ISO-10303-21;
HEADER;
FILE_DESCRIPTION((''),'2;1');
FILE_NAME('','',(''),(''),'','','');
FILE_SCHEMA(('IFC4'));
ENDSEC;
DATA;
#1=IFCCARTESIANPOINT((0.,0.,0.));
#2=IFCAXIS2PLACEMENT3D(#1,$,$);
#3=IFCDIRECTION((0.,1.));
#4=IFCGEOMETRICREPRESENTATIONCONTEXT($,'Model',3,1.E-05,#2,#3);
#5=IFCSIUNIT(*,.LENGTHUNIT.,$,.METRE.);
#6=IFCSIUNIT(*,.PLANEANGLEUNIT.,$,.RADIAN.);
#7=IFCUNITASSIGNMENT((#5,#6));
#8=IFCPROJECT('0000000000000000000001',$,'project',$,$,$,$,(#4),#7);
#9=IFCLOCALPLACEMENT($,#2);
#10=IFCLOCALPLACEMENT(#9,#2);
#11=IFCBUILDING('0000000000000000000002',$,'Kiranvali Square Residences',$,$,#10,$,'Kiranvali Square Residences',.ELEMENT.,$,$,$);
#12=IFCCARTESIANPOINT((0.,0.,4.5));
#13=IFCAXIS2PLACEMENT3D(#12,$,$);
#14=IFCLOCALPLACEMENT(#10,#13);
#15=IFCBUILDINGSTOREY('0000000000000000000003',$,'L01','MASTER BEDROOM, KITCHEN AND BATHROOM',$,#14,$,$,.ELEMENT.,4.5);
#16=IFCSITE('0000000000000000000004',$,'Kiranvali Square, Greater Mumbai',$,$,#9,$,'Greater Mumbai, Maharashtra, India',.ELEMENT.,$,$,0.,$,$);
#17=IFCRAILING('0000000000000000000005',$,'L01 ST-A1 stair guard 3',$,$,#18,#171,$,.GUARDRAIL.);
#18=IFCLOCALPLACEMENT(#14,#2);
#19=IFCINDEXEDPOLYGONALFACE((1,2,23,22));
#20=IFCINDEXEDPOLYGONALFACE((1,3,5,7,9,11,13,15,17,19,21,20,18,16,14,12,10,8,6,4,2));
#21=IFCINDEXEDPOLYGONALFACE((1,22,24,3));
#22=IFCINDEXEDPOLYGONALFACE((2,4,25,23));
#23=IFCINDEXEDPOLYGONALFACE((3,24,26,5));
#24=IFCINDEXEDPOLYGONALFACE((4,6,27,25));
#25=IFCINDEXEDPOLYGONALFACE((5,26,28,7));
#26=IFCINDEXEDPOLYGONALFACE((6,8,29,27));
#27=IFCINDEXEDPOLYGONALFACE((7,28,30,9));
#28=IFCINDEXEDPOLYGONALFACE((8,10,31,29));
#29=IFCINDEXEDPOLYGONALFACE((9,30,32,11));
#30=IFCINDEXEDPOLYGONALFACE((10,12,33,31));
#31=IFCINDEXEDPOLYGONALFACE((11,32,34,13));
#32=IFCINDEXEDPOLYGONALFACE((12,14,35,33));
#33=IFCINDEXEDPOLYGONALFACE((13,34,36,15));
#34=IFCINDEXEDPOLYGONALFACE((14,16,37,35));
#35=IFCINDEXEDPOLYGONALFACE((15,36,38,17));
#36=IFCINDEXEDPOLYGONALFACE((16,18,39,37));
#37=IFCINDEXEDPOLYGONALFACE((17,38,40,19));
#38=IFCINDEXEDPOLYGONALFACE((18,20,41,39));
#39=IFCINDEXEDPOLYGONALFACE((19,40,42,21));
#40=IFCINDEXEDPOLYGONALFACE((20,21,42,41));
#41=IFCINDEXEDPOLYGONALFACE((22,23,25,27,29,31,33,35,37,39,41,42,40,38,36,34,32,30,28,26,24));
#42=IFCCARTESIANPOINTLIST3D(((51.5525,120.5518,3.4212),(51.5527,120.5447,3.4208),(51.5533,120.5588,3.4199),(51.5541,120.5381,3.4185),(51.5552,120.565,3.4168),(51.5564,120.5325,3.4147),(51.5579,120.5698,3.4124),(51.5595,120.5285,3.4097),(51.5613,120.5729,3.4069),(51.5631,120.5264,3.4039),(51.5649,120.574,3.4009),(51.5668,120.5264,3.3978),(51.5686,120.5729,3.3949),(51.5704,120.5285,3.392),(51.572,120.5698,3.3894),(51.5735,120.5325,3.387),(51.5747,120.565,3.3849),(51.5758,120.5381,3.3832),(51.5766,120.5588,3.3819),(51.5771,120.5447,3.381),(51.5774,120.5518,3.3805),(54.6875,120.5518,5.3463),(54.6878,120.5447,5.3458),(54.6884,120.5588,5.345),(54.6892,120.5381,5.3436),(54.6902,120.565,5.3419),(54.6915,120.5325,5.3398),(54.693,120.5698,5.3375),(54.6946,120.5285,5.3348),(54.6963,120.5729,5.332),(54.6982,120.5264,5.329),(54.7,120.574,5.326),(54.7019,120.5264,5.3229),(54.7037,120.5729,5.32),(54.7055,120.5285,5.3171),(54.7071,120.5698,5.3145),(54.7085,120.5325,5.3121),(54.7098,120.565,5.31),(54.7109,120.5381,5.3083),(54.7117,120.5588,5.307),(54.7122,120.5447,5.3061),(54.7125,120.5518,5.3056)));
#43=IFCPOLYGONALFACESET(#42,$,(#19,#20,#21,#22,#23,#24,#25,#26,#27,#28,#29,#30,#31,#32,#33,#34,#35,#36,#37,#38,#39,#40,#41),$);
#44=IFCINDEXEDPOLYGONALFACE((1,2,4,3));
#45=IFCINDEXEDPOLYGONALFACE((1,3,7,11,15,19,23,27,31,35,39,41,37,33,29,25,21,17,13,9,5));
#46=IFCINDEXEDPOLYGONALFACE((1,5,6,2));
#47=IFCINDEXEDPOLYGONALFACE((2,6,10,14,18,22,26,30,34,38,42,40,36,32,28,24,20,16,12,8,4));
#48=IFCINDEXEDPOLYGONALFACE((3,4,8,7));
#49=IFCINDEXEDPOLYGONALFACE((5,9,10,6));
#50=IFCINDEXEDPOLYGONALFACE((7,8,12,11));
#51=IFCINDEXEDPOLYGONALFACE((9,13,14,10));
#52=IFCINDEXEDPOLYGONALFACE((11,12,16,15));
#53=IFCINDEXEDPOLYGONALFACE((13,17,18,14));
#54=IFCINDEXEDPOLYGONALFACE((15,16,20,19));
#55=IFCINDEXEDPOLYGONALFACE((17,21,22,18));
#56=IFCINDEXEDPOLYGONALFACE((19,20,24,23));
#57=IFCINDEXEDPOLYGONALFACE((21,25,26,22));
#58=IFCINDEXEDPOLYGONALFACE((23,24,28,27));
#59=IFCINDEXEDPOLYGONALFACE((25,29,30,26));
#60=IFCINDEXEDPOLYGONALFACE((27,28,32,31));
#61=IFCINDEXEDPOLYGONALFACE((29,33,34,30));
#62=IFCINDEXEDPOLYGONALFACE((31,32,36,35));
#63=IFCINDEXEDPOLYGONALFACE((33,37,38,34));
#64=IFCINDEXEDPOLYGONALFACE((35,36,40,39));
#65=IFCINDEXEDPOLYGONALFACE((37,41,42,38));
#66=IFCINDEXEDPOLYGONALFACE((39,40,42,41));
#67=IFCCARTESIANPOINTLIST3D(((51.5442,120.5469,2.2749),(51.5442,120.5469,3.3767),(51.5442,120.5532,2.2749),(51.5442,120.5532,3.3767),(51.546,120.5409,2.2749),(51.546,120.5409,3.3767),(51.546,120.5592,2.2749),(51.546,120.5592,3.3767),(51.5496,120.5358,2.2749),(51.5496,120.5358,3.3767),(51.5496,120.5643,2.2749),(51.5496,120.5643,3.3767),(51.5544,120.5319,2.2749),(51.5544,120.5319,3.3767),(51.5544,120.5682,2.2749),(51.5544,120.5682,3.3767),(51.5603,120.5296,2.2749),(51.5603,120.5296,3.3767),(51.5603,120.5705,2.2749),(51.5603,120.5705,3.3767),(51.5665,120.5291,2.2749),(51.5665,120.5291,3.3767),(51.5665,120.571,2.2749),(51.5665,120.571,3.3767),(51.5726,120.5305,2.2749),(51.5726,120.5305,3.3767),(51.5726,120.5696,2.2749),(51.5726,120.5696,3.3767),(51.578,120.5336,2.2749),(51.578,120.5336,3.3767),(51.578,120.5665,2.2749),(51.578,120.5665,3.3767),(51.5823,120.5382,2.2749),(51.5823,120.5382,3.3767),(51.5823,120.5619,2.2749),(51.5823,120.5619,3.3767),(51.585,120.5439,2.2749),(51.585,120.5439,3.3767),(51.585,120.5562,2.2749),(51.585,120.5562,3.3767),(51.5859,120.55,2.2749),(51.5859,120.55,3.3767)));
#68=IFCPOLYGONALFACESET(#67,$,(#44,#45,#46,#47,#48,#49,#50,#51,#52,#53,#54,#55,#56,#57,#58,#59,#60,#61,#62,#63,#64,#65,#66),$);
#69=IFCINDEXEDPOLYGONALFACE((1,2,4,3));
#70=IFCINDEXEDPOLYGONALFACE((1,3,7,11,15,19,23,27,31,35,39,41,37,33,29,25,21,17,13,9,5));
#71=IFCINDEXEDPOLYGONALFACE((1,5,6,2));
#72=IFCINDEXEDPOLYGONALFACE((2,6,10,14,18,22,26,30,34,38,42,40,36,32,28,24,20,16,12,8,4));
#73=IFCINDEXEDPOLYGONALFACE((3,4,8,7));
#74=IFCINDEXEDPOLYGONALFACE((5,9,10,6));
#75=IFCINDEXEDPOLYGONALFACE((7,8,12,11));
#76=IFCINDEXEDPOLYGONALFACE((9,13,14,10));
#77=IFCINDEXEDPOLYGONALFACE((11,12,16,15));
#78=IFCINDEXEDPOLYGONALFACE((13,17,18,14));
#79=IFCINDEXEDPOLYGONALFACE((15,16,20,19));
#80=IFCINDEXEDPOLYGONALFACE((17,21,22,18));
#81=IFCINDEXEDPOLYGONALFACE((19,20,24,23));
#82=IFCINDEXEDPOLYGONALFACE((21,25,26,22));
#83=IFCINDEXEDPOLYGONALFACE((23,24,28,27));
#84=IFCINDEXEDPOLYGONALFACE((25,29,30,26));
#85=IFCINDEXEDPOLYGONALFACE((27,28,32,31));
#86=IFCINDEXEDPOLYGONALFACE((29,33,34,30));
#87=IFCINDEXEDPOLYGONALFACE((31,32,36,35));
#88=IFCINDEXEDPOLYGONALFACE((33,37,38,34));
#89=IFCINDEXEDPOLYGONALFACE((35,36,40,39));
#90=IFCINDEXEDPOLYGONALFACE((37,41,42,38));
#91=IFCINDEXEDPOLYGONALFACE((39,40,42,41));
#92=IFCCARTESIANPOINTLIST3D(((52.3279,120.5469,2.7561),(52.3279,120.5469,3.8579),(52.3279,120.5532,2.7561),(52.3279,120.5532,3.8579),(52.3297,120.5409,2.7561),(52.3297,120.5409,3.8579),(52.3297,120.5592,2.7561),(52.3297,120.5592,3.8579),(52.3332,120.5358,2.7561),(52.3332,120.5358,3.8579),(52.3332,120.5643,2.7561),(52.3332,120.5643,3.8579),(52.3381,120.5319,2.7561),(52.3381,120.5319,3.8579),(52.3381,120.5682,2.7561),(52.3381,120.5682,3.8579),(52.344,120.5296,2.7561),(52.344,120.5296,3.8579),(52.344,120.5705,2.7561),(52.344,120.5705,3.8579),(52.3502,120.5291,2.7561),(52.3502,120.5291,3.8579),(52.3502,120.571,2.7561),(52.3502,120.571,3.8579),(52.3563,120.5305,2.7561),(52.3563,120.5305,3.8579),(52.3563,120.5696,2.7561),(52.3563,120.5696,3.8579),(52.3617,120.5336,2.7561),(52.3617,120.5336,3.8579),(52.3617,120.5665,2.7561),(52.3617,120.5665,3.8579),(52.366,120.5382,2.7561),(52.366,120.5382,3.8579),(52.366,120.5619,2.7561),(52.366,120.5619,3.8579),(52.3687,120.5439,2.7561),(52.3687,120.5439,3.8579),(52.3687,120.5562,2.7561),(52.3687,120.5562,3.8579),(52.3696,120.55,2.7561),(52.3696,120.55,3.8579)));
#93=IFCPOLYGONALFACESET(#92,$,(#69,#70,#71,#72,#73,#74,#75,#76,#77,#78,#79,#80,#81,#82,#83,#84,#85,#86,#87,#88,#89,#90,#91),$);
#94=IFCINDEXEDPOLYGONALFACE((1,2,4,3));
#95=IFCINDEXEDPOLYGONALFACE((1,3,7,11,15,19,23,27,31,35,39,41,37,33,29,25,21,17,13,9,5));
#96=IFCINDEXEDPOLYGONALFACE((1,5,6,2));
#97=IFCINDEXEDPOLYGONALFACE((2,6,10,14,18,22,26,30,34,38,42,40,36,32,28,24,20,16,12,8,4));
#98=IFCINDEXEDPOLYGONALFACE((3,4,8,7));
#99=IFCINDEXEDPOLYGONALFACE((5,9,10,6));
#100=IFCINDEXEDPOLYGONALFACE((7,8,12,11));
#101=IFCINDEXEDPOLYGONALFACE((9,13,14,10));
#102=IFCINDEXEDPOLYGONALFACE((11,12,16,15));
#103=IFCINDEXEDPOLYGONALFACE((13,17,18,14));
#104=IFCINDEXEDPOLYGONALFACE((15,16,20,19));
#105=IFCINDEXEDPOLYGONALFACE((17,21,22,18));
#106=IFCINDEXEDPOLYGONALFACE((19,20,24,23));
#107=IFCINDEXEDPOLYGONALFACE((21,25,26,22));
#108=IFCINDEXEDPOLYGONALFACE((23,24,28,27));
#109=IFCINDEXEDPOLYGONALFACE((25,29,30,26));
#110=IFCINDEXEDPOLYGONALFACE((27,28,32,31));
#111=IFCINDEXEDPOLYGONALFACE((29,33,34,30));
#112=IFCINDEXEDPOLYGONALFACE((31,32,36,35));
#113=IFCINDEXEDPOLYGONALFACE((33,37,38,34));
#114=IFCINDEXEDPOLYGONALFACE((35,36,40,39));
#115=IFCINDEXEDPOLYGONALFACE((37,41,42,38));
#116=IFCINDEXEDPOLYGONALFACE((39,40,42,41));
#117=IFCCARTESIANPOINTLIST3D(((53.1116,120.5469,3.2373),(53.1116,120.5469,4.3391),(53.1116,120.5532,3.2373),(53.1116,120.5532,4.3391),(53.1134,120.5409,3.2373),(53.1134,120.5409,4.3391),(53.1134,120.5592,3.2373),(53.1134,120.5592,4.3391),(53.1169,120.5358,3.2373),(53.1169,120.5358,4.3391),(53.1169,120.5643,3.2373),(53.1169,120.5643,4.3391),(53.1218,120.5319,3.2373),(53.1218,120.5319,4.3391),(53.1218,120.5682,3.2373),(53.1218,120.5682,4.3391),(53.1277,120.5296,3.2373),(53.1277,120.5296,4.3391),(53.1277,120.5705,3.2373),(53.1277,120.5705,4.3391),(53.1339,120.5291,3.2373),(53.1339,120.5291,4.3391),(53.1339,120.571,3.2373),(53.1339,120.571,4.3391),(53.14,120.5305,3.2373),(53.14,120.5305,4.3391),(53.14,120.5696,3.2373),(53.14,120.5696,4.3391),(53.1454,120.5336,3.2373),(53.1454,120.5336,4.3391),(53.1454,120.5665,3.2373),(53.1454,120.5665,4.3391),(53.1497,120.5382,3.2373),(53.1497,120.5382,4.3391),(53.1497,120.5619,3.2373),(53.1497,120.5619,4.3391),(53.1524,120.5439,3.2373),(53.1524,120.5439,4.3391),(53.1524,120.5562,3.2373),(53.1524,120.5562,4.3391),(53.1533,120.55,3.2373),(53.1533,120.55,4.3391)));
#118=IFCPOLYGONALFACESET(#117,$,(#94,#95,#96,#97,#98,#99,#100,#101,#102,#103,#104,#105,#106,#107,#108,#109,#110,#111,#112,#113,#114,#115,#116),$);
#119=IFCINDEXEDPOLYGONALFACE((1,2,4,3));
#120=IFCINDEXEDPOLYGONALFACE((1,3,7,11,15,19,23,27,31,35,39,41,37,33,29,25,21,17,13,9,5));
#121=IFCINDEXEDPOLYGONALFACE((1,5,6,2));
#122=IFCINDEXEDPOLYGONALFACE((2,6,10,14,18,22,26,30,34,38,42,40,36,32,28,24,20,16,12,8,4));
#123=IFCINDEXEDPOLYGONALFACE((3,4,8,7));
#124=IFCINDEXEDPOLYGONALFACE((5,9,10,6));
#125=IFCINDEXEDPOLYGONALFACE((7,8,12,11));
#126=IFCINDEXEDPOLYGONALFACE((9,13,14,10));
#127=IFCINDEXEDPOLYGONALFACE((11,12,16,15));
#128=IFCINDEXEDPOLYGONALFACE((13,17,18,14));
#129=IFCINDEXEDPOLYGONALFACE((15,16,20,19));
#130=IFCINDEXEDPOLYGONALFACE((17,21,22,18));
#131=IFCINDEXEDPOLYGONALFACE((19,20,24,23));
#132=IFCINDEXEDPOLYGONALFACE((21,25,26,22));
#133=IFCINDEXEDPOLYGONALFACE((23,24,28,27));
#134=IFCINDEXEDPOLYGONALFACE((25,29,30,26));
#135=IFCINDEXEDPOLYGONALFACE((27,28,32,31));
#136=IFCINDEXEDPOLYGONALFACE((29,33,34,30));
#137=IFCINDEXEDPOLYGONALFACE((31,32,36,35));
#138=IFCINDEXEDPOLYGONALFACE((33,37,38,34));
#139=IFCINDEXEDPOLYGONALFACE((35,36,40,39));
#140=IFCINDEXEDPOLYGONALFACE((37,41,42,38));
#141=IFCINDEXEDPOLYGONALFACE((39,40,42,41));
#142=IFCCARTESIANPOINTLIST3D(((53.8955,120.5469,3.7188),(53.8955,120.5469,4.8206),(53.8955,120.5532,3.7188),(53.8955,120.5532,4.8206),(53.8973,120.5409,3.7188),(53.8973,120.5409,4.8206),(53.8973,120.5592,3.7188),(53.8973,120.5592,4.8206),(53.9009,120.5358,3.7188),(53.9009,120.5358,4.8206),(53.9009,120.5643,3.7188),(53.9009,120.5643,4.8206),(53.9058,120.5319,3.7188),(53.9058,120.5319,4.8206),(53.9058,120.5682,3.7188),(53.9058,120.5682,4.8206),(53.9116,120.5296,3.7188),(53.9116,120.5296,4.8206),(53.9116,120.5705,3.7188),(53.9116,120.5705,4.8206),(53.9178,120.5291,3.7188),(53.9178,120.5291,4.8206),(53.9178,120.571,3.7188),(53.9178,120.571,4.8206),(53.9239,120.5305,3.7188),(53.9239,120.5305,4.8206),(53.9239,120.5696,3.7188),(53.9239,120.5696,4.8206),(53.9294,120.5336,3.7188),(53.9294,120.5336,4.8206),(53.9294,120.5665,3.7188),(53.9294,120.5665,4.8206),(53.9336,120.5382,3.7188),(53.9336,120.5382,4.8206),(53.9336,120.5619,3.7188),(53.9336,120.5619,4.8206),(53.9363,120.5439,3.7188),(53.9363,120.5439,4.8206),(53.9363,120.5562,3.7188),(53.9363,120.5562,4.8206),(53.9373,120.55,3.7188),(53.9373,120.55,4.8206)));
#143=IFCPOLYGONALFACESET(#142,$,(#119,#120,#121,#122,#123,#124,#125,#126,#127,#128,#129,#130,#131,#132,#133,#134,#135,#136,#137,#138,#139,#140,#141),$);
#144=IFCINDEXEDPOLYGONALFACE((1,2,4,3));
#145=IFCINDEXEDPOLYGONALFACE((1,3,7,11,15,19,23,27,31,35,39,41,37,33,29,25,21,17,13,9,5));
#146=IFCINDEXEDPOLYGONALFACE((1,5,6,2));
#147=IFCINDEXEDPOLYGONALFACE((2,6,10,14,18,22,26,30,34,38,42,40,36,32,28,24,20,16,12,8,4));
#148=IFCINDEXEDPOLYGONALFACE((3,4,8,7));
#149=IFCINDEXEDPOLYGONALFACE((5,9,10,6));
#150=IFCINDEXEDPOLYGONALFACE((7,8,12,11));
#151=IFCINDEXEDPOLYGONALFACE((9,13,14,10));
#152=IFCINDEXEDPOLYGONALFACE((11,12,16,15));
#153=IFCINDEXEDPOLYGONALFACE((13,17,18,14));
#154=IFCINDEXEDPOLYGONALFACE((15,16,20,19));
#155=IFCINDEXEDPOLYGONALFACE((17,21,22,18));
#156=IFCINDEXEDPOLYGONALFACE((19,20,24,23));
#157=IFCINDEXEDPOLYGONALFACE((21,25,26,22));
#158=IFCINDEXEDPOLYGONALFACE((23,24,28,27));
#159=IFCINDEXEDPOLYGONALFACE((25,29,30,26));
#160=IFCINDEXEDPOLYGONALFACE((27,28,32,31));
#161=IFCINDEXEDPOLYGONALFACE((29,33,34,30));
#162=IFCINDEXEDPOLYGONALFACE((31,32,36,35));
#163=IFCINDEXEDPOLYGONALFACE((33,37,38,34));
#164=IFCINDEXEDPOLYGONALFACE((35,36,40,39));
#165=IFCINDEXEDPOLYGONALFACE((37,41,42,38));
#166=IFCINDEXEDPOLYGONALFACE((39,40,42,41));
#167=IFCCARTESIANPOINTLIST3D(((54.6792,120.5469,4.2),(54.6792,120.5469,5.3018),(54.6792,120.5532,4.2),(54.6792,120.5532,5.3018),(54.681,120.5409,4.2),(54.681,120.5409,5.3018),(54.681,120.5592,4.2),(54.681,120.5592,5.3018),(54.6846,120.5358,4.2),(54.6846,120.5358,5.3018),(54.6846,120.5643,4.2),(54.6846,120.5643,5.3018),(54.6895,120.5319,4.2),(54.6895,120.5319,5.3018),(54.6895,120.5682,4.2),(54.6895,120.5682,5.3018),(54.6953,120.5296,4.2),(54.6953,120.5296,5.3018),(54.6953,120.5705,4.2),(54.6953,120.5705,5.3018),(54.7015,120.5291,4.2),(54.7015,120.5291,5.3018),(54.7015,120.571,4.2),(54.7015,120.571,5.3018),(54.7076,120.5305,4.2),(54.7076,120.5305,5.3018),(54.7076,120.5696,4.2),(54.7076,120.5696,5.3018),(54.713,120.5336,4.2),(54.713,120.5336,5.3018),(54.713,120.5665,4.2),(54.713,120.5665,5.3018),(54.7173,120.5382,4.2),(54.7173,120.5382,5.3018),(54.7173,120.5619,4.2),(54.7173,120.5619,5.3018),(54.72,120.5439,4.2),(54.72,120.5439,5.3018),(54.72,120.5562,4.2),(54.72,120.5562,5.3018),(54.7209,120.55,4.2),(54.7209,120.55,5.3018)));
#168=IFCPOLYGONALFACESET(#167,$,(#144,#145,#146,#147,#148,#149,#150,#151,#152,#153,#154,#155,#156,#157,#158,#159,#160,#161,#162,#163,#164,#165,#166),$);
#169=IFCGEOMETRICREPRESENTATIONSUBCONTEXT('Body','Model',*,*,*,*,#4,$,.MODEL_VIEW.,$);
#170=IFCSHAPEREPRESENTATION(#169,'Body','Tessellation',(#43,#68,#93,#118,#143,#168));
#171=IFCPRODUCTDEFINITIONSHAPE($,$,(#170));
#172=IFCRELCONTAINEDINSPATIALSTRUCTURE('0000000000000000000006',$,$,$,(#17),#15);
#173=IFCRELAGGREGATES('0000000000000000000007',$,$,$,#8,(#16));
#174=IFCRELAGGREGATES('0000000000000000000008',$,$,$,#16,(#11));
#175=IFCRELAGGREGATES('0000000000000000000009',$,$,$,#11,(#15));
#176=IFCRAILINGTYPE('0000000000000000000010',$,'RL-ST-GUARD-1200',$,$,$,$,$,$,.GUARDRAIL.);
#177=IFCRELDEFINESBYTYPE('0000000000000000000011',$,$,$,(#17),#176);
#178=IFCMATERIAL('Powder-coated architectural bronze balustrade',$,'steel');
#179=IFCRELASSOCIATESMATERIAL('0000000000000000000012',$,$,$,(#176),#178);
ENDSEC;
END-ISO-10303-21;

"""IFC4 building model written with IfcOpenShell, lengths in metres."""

from ifc_helpers import new_model, si_unit, direction, frame, origin, origin_2d, place, context, subcontext, project, spatial, circle, extrude, material, type_object, element, save


model = new_model("IFC4")

# Units and contexts
model_context = context("Model", 3, precision=1e-05, world=origin(), true_north=direction((0.0, 1.0)))
body_context = subcontext(model_context, "Body", "Model", "MODEL_VIEW")
ifc_project = project(units=[si_unit("LENGTHUNIT", "METRE"), si_unit("PLANEANGLEUNIT", "RADIAN")], contexts=[model_context])

# Site, building, storey
site_placement = place(None, origin())
site = spatial("IfcSite", under=ifc_project, at=site_placement, Name="Kiranvali Square, Greater Mumbai", LongName="Greater Mumbai, Maharashtra, India", CompositionType="ELEMENT", RefElevation=0.0)
building_placement = place(site_placement, origin())
building = spatial("IfcBuilding", under=site, at=building_placement, Name="Kiranvali Square Residences", LongName="Kiranvali Square Residences", CompositionType="ELEMENT")
storey_placement = place(building_placement, frame((0.0, 0.0, 4.5)))
storey = spatial("IfcBuildingStorey", under=building, at=storey_placement, Name="L01", Description="MASTER BEDROOM, KITCHEN AND BATHROOM", CompositionType="ELEMENT", Elevation=4.5)

# Railing
ifc_material_1 = material(Name="Powder-coated architectural bronze balustrade", Category="steel")
railing_type_1 = type_object("IfcRailingType", Name="RL-ST-GUARD-1200", PredefinedType="GUARDRAIL", material=ifc_material_1)
railing_1_placement = place(storey_placement, frame((51.5649, 120.55, 2.2749)))
element("IfcRailing", 1, at=railing_1_placement, inside=storey, type_object=railing_type_1, Name="L01 ST-A1 stair guard 3", PredefinedType="GUARDRAIL", context=body_context, shape_type="SweptSolid", body=[
    extrude(circle(Radius=0.0239, at=origin_2d()), frame((0.0, 0.0, 1.126), z_axis=(0.852166, 0.0, 0.523271), x_axis=(0.0, 1.0, 0.0)), (0.0, 0.0, 1.0), 3.679),
    extrude(circle(Radius=0.021, at=origin_2d()), origin(), (0.0, 0.0, 1.0), 1.1018),
    extrude(circle(Radius=0.021, at=origin_2d()), frame((0.7837, 0.0, 0.4812)), (0.0, 0.0, 1.0), 1.1018),
    extrude(circle(Radius=0.021, at=origin_2d()), frame((1.5674, 0.0, 0.9624)), (0.0, 0.0, 1.0), 1.1018),
    extrude(circle(Radius=0.021, at=origin_2d()), frame((2.3513, 0.0, 1.4438)), (0.0, 0.0, 1.0), 1.1018),
    extrude(circle(Radius=0.021, at=origin_2d()), frame((3.135, 0.0, 1.925)), (0.0, 0.0, 1.0), 1.1018),
])

save(model, "model.ifc")
